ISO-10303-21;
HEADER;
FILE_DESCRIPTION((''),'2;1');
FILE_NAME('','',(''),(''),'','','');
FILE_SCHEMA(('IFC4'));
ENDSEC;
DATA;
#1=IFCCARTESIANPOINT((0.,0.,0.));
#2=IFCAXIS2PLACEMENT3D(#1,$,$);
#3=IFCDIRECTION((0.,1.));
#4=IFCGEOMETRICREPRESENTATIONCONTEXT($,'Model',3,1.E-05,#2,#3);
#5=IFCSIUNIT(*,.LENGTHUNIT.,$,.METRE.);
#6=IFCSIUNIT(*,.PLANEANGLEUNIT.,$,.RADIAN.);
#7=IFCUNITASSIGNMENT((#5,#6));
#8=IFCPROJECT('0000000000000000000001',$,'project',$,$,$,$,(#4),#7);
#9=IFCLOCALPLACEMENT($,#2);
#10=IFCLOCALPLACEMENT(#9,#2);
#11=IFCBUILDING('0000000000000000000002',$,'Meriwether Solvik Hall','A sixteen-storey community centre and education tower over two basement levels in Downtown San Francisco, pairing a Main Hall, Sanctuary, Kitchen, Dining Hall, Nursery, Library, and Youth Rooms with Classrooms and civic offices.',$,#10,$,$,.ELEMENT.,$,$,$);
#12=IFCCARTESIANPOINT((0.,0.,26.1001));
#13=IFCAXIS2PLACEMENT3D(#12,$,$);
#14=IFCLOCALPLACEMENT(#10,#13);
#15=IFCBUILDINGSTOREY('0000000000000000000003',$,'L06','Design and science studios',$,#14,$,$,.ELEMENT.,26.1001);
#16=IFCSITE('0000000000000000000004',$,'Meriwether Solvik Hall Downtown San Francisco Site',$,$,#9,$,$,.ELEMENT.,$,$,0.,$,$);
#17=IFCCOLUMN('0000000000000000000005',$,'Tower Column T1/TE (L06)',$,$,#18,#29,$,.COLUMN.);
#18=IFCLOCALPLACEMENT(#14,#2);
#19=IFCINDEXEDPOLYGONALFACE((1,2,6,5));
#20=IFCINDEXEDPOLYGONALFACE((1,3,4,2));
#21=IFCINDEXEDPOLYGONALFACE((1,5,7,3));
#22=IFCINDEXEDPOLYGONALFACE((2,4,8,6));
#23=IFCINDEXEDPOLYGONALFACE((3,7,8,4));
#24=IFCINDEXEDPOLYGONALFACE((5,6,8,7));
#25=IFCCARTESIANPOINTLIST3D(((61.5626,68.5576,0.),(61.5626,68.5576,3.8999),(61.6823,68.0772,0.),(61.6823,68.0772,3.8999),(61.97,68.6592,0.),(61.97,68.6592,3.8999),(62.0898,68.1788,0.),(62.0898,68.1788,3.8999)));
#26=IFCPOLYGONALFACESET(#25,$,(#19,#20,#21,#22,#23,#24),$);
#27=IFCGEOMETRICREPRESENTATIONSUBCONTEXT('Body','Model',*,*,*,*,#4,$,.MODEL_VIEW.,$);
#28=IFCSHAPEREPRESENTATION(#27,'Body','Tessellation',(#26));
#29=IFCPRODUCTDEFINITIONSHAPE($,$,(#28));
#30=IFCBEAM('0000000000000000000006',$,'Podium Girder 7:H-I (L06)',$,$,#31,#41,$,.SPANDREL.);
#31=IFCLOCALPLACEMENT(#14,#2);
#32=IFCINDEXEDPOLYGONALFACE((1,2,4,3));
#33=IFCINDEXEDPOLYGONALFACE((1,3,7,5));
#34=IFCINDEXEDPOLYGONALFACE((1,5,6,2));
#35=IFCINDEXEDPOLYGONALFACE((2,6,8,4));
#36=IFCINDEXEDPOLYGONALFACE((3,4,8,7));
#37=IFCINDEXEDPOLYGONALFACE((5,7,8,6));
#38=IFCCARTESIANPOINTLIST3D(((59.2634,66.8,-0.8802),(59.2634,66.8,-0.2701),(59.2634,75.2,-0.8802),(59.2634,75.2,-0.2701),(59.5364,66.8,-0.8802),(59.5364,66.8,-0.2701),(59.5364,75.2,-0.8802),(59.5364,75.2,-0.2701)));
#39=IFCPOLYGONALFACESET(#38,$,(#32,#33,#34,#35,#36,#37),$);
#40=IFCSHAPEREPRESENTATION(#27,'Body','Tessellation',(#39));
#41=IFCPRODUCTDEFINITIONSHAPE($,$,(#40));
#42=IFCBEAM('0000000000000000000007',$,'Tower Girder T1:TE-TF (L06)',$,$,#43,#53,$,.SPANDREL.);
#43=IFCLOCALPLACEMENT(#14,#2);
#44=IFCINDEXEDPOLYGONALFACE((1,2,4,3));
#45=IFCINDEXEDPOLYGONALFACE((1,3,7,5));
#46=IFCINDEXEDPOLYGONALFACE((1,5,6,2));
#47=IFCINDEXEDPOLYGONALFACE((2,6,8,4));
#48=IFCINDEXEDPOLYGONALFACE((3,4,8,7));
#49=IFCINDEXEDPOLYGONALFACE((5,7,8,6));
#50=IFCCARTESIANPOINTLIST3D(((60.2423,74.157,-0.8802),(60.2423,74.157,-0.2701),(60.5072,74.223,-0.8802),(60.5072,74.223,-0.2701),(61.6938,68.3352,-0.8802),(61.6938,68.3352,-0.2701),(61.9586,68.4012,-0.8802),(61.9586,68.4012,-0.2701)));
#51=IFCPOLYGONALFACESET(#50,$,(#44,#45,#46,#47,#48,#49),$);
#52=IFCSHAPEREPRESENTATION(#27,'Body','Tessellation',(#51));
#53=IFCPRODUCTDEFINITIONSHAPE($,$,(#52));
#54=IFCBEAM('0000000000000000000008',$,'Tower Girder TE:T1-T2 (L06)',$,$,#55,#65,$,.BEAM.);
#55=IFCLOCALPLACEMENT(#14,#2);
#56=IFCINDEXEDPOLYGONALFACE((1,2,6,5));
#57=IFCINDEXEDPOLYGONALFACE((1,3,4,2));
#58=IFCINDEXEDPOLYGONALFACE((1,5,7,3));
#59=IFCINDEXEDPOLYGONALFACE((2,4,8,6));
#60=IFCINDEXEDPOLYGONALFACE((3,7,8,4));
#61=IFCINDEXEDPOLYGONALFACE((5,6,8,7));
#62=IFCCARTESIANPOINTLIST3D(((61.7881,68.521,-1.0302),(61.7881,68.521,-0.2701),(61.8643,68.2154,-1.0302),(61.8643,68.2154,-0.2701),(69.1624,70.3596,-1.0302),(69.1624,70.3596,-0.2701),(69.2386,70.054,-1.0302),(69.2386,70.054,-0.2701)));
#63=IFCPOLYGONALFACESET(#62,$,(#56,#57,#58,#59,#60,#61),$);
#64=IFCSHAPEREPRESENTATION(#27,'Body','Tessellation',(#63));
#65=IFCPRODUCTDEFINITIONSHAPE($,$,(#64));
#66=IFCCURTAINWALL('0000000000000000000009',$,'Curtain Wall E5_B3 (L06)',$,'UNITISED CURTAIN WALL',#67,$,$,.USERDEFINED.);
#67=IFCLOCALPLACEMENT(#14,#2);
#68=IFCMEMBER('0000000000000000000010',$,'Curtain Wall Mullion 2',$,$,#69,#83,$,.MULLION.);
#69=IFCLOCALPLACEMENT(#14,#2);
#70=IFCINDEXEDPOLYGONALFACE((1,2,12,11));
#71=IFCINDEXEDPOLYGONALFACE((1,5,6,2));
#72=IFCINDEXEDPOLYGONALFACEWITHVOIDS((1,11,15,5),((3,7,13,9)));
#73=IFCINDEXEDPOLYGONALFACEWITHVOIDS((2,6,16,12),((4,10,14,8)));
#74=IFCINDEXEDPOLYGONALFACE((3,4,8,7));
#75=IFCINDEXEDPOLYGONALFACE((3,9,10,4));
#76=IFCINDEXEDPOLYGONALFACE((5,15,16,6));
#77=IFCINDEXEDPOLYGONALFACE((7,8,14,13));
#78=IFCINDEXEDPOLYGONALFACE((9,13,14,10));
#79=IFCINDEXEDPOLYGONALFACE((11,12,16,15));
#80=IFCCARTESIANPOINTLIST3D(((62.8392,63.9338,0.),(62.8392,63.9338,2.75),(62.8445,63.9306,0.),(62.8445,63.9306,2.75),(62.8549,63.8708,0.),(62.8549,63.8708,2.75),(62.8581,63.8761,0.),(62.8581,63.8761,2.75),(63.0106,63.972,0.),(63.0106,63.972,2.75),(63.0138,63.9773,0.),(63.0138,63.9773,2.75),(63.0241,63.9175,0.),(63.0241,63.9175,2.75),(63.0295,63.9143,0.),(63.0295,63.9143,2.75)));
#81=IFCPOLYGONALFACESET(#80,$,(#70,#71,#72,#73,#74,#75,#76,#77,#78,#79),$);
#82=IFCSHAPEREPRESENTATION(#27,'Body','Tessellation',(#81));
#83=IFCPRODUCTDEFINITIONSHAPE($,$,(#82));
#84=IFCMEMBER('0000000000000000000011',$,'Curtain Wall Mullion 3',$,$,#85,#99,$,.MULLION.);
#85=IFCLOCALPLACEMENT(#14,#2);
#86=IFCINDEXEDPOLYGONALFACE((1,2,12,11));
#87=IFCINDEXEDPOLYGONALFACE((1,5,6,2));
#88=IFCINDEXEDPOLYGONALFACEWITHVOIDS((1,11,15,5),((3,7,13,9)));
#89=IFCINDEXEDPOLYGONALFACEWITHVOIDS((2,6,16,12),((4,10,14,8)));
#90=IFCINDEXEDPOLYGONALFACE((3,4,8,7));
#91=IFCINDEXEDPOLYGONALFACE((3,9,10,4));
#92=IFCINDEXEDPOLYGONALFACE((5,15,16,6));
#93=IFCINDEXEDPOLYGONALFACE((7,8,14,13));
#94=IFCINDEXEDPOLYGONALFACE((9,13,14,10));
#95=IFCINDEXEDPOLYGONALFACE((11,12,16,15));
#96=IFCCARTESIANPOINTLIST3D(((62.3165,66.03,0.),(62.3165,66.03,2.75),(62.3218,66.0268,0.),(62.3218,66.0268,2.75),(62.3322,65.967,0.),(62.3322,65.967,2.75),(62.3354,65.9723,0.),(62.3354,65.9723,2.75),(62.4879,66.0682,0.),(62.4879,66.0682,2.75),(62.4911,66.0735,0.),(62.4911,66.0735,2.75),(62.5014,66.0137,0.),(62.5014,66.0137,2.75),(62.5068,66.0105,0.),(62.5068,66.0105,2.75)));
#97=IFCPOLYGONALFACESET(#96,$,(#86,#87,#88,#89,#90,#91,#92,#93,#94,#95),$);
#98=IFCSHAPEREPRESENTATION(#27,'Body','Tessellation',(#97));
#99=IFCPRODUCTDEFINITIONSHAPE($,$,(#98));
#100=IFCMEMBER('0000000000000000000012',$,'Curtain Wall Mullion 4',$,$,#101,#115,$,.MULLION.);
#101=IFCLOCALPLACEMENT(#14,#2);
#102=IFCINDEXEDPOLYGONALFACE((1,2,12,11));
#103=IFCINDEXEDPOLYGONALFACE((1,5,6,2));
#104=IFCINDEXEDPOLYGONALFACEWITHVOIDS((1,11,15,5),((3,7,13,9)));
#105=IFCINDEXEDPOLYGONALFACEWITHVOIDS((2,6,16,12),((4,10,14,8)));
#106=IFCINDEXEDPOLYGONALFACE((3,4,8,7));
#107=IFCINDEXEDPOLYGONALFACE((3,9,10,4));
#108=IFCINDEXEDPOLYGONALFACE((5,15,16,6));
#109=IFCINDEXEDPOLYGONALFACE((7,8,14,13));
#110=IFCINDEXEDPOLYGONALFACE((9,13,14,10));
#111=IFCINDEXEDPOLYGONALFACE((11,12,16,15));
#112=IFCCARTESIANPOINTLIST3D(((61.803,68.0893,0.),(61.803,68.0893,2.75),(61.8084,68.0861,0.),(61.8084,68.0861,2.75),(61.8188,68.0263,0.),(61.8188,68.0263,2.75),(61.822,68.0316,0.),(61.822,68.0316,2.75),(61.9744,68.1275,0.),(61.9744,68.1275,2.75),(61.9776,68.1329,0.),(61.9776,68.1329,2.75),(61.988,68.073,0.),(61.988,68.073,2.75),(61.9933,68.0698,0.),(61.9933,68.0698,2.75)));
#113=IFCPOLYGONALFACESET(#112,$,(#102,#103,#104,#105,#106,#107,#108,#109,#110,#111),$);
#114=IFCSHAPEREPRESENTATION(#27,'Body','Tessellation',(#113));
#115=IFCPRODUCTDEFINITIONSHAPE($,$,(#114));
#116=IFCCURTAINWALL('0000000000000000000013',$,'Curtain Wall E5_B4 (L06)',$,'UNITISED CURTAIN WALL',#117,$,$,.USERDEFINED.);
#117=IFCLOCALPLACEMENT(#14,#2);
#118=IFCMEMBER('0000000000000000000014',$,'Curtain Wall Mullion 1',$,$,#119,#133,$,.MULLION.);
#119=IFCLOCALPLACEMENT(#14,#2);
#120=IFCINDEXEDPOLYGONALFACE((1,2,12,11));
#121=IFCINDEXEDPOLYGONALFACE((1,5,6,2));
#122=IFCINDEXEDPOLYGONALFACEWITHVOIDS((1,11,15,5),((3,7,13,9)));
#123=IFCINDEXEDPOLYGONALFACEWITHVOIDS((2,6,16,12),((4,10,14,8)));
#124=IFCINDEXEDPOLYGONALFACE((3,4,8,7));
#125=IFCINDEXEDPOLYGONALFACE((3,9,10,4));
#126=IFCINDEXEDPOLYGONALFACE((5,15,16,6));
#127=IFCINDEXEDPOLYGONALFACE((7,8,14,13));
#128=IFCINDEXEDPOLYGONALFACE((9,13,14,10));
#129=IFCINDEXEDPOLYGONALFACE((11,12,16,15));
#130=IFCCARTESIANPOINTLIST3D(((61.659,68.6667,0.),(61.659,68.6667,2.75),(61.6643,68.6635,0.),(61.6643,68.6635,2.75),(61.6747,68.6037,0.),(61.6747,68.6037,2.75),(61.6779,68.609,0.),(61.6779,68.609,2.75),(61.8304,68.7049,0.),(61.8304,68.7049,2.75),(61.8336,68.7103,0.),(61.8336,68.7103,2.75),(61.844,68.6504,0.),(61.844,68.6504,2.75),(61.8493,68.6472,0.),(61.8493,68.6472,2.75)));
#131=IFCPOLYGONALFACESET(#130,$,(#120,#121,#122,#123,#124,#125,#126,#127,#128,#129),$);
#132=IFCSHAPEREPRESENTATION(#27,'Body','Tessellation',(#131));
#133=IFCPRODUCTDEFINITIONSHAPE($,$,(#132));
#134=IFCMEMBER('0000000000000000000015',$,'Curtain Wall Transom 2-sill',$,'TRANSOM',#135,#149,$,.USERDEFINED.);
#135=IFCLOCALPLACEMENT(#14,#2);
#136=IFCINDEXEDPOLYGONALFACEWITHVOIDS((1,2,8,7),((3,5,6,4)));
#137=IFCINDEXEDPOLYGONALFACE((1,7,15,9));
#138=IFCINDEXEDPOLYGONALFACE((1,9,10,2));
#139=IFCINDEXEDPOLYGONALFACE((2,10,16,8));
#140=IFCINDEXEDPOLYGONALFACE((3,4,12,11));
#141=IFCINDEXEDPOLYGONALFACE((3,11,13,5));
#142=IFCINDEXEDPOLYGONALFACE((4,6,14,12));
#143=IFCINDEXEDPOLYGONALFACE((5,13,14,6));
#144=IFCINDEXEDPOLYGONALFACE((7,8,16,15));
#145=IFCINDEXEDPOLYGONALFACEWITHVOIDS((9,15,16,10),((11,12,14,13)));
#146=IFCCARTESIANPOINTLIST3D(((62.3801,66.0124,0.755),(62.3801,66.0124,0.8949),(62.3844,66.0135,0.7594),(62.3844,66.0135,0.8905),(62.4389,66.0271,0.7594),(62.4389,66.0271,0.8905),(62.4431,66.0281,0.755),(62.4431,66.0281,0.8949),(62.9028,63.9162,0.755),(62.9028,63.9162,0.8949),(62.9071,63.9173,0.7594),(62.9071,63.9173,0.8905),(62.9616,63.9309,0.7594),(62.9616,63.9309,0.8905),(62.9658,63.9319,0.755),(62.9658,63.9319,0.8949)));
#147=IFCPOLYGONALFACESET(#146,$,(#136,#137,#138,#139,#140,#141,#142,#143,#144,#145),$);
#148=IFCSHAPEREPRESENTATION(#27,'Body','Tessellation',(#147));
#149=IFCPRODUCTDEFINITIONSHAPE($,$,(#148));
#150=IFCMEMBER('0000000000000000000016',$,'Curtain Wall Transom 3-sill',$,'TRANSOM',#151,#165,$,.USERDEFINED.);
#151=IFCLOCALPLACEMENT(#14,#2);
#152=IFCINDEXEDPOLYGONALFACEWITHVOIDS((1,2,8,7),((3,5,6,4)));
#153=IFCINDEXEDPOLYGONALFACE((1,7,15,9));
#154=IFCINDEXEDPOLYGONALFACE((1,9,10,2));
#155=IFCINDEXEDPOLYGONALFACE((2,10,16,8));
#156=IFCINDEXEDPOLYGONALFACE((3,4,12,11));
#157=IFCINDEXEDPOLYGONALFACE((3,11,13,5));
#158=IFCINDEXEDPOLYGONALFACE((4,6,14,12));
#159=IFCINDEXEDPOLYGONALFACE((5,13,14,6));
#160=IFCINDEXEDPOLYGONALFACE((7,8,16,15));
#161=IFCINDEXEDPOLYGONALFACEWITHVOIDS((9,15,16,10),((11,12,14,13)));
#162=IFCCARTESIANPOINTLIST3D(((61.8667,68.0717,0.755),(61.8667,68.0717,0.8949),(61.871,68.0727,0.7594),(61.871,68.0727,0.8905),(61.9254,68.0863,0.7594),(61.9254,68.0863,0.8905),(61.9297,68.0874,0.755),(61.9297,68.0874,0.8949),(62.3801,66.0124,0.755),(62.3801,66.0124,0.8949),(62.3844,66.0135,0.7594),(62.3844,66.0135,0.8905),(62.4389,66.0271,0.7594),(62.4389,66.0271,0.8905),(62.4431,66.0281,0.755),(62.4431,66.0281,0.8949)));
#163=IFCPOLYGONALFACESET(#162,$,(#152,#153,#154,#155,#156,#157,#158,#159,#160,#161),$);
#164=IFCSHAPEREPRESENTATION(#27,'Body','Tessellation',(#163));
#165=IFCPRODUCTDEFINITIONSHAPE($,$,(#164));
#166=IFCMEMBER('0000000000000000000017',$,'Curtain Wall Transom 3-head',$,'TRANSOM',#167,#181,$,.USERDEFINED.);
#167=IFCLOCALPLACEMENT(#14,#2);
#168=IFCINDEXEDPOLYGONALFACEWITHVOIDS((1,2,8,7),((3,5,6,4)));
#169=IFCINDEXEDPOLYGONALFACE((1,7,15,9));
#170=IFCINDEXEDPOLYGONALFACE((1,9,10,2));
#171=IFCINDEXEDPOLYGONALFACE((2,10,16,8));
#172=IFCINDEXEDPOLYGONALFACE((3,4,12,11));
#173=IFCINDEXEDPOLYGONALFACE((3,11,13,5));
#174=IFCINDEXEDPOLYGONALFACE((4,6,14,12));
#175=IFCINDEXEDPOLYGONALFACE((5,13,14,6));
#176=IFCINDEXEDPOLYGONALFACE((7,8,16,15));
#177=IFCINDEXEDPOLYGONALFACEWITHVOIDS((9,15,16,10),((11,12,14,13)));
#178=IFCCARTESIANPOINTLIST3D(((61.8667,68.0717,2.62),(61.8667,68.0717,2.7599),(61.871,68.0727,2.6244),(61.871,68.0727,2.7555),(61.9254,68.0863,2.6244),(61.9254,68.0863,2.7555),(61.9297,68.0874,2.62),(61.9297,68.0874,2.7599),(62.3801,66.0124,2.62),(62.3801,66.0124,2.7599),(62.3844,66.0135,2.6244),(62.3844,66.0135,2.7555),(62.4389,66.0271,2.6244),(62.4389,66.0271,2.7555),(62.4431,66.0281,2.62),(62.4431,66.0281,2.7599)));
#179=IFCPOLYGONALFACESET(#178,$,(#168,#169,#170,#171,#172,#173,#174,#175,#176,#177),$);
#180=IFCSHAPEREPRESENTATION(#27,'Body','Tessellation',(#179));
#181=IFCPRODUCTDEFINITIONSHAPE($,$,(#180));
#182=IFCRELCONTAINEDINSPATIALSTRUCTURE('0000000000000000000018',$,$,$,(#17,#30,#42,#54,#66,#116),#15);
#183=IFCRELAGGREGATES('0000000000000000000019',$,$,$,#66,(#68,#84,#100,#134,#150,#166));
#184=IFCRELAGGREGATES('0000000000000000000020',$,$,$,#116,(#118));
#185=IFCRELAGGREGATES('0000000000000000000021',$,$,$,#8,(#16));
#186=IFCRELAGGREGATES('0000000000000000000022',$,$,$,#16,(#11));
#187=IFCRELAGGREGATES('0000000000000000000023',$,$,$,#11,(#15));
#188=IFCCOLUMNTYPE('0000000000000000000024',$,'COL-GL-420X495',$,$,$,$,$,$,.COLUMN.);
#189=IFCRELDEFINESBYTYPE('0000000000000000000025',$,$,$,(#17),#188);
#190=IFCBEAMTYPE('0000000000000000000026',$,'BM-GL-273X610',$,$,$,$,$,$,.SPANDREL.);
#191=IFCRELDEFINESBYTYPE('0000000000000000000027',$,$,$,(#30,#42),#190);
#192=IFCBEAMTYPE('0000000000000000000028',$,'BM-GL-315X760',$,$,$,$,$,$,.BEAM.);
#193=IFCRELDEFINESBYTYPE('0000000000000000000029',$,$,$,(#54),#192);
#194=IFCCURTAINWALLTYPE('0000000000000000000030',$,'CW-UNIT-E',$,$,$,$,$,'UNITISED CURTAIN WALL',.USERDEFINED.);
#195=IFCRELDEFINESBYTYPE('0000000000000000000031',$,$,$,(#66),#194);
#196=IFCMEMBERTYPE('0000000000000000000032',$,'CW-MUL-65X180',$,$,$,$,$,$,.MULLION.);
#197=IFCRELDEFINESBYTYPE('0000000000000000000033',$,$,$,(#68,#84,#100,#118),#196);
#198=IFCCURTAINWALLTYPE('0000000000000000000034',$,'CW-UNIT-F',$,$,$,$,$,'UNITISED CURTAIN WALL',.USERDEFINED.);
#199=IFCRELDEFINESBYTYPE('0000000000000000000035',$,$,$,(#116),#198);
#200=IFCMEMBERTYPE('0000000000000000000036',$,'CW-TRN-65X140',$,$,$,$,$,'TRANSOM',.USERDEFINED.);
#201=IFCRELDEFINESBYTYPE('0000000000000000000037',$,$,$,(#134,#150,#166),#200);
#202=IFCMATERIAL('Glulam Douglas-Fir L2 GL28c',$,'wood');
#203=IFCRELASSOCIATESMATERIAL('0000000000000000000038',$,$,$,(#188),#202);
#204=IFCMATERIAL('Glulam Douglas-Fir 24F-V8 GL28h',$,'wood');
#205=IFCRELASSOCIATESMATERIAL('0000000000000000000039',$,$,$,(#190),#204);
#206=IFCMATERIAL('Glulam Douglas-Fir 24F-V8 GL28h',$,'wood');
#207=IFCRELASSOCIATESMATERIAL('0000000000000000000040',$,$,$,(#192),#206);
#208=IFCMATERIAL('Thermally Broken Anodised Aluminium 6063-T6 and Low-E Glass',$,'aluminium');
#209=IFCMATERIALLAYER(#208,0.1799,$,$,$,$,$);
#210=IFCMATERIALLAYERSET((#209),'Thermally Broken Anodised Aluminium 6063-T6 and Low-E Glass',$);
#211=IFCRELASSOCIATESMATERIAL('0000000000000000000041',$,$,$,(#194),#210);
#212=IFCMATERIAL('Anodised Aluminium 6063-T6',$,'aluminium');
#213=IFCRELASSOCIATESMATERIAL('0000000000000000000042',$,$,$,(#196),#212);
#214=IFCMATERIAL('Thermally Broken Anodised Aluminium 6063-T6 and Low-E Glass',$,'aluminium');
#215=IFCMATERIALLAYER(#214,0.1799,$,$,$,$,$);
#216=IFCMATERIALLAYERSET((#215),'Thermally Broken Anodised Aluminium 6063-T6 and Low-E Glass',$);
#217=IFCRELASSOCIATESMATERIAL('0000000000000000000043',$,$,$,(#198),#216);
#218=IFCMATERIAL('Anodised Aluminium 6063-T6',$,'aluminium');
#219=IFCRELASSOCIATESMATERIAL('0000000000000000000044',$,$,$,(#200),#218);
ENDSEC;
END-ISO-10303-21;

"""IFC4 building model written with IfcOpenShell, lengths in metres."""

from ifc_helpers import new_model, si_unit, direction, frame, origin, origin_2d, place, context, subcontext, project, spatial, rectangle, hollow_rectangle, extrude, material, layer, layer_set, material_profile, profile_set, type_object, element, aggregate, save


model = new_model("IFC4")

# Units and contexts
model_context = context("Model", 3, precision=1e-05, world=origin(), true_north=direction((0.0, 1.0)))
body_context = subcontext(model_context, "Body", "Model", "MODEL_VIEW")
ifc_project = project(units=[si_unit("LENGTHUNIT", "METRE"), si_unit("PLANEANGLEUNIT", "RADIAN")], contexts=[model_context])

# Site, building, storey
site_placement = place(None, origin())
site = spatial("IfcSite", under=ifc_project, at=site_placement, Name="Meriwether Solvik Hall Downtown San Francisco Site", CompositionType="ELEMENT", RefElevation=0.0)
building_placement = place(site_placement, origin())
building = spatial("IfcBuilding", under=site, at=building_placement, Name="Meriwether Solvik Hall", Description="A sixteen-storey community centre and education tower over two basement levels in Downtown San Francisco, pairing a Main Hall, Sanctuary, Kitchen, Dining Hall, Nursery, Library, and Youth Rooms with Classrooms and civic offices.", CompositionType="ELEMENT")
storey_placement = place(building_placement, frame((0.0, 0.0, 26.1001)))
storey = spatial("IfcBuildingStorey", under=building, at=storey_placement, Name="L06", Description="Design and science studios", CompositionType="ELEMENT", Elevation=26.1001)

# Column
ifc_material_1 = material(Name="Glulam Douglas-Fir L2 GL28c", Category="wood")
ifc_material_profile_1 = material_profile(ifc_material_1, rectangle(XDim=0.4199, YDim=0.4951, at=origin_2d()), Name="GLC-420X495")
ifc_profile_set_1 = profile_set([ifc_material_profile_1], Name="Glulam Douglas-Fir L2 GL28c")
column_type = type_object("IfcColumnType", Name="COL-GL-420X495", PredefinedType="COLUMN", material=ifc_profile_set_1)
column_placement = place(storey_placement, frame((61.8262, 68.3682, 0.0), z_axis=(0.0, 0.0, 1.0), x_axis=(0.970296, 0.241922, 0.0)))
element("IfcColumn", 1, at=column_placement, inside=storey, type_object=column_type, Name="Tower Column T1/TE (L06)", PredefinedType="COLUMN", context=body_context, shape_type="SweptSolid", body=[
    extrude(rectangle(XDim=0.4199, YDim=0.4951, at=origin_2d()), origin(), (0.0, 0.0, 1.0), 3.8999),
])

# Beams
ifc_material_2 = material(Name="Glulam Douglas-Fir 24F-V8 GL28h", Category="wood")
ifc_material_profile_2 = material_profile(ifc_material_2, rectangle(XDim=0.2729, YDim=0.6101, at=origin_2d()), Name="GLB-273X610")
ifc_profile_set_2 = profile_set([ifc_material_profile_2], Name="Glulam Douglas-Fir 24F-V8 GL28h")
beam_type_1 = type_object("IfcBeamType", Name="BM-GL-273X610", PredefinedType="SPANDREL", material=ifc_profile_set_2)
beam_1_placement = place(storey_placement, frame((59.3999, 66.8, -0.5752), z_axis=(0.0, 1.0, 0.0), x_axis=(-1.0, 0.0, 0.0)))
element("IfcBeam", 2, at=beam_1_placement, inside=storey, type_object=beam_type_1, Name="Podium Girder 7:H-I (L06)", PredefinedType="SPANDREL", context=body_context, shape_type="SweptSolid", body=[
    extrude(rectangle(XDim=0.2729, YDim=0.6101, at=origin_2d()), origin(), (0.0, 0.0, 1.0), 8.3999),
])
beam_2_placement = place(storey_placement, frame((61.8262, 68.3682, -0.5752), z_axis=(-0.241904, 0.9703, 0.0), x_axis=(-0.9703, -0.241904, 0.0)))
element("IfcBeam", 3, at=beam_2_placement, inside=storey, type_object=beam_type_1, Name="Tower Girder T1:TE-TF (L06)", PredefinedType="SPANDREL", context=body_context, shape_type="SweptSolid", body=[
    extrude(rectangle(XDim=0.2729, YDim=0.6101, at=origin_2d()), origin(), (0.0, 0.0, 1.0), 6.0),
])
ifc_material_3 = material(Name="Glulam Douglas-Fir 24F-V8 GL28h", Category="wood")
ifc_material_profile_3 = material_profile(ifc_material_3, rectangle(XDim=0.3149, YDim=0.76, at=origin_2d()), Name="GLB-315X760")
ifc_profile_set_3 = profile_set([ifc_material_profile_3], Name="Glulam Douglas-Fir 24F-V8 GL28h")
beam_type_2 = type_object("IfcBeamType", Name="BM-GL-315X760", PredefinedType="BEAM", material=ifc_profile_set_3)
beam_3_placement = place(storey_placement, frame((61.8262, 68.3682, -0.6501), z_axis=(0.970295, 0.241923, 0.0), x_axis=(-0.241923, 0.970295, 0.0)))
element("IfcBeam", 4, at=beam_3_placement, inside=storey, type_object=beam_type_2, Name="Tower Girder TE:T1-T2 (L06)", PredefinedType="BEAM", context=body_context, shape_type="SweptSolid", body=[
    extrude(rectangle(XDim=0.3149, YDim=0.76, at=origin_2d()), origin(), (0.0, 0.0, 1.0), 7.6001),
])

# Curtain wall, members
ifc_material_4 = material(Name="Thermally Broken Anodised Aluminium 6063-T6 and Low-E Glass", Category="aluminium")
ifc_layer_1 = layer(ifc_material_4, 0.1799)
ifc_layer_set_1 = layer_set([ifc_layer_1], Name="Thermally Broken Anodised Aluminium 6063-T6 and Low-E Glass")
curtain_wall_type_1 = type_object("IfcCurtainWallType", Name="CW-UNIT-E", ElementType="UNITISED CURTAIN WALL", PredefinedType="USERDEFINED", material=ifc_layer_set_1)
curtain_wall_1_placement = place(storey_placement, origin())
curtain_wall_1 = element("IfcCurtainWall", 5, at=curtain_wall_1_placement, inside=storey, type_object=curtain_wall_type_1, Name="Curtain Wall E5_B3 (L06)", ObjectType="UNITISED CURTAIN WALL", PredefinedType="USERDEFINED")
ifc_material_5 = material(Name="Anodised Aluminium 6063-T6", Category="aluminium")
ifc_material_profile_4 = material_profile(ifc_material_5, hollow_rectangle(XDim=0.0649, YDim=0.1799, WallThickness=0.0044, at=origin_2d()), Name="CWM-65X180")
ifc_profile_set_4 = profile_set([ifc_material_profile_4], Name="Anodised Aluminium 6063-T6")
member_type_1 = type_object("IfcMemberType", Name="CW-MUL-65X180", PredefinedType="MULLION", material=ifc_profile_set_4)
member_1_placement = place(storey_placement, frame((62.9343, 63.9241, 0.0), z_axis=(0.0, 0.0, 1.0), x_axis=(-0.241922, 0.970296, 0.0)))
member_1 = element("IfcMember", 6, at=member_1_placement, type_object=member_type_1, Name="Curtain Wall Mullion 2", PredefinedType="MULLION", context=body_context, shape_type="SweptSolid", body=[
    extrude(hollow_rectangle(XDim=0.0649, YDim=0.1799, WallThickness=0.0044, at=origin_2d()), origin(), (0.0, 0.0, 1.0), 2.75),
])
member_2_placement = place(storey_placement, frame((62.4116, 66.0203, 0.0), z_axis=(0.0, 0.0, 1.0), x_axis=(-0.241922, 0.970296, 0.0)))
member_2 = element("IfcMember", 7, at=member_2_placement, type_object=member_type_1, Name="Curtain Wall Mullion 3", PredefinedType="MULLION", context=body_context, shape_type="SweptSolid", body=[
    extrude(hollow_rectangle(XDim=0.0649, YDim=0.1799, WallThickness=0.0044, at=origin_2d()), origin(), (0.0, 0.0, 1.0), 2.75),
])
member_3_placement = place(storey_placement, frame((61.8982, 68.0796, 0.0), z_axis=(0.0, 0.0, 1.0), x_axis=(-0.241922, 0.970296, 0.0)))
member_3 = element("IfcMember", 8, at=member_3_placement, type_object=member_type_1, Name="Curtain Wall Mullion 4", PredefinedType="MULLION", context=body_context, shape_type="SweptSolid", body=[
    extrude(hollow_rectangle(XDim=0.0649, YDim=0.1799, WallThickness=0.0044, at=origin_2d()), origin(), (0.0, 0.0, 1.0), 2.75),
])

# Curtain wall, member
ifc_material_6 = material(Name="Thermally Broken Anodised Aluminium 6063-T6 and Low-E Glass", Category="aluminium")
ifc_layer_2 = layer(ifc_material_6, 0.1799)
ifc_layer_set_2 = layer_set([ifc_layer_2], Name="Thermally Broken Anodised Aluminium 6063-T6 and Low-E Glass")
curtain_wall_type_2 = type_object("IfcCurtainWallType", Name="CW-UNIT-F", ElementType="UNITISED CURTAIN WALL", PredefinedType="USERDEFINED", material=ifc_layer_set_2)
curtain_wall_2_placement = place(storey_placement, origin())
curtain_wall_2 = element("IfcCurtainWall", 9, at=curtain_wall_2_placement, inside=storey, type_object=curtain_wall_type_2, Name="Curtain Wall E5_B4 (L06)", ObjectType="UNITISED CURTAIN WALL", PredefinedType="USERDEFINED")
member_4_placement = place(storey_placement, frame((61.7542, 68.657, 0.0), z_axis=(0.0, 0.0, 1.0), x_axis=(-0.241922, 0.970296, 0.0)))
member_4 = element("IfcMember", 10, at=member_4_placement, type_object=member_type_1, Name="Curtain Wall Mullion 1", PredefinedType="MULLION", context=body_context, shape_type="SweptSolid", body=[
    extrude(hollow_rectangle(XDim=0.0649, YDim=0.1799, WallThickness=0.0044, at=origin_2d()), origin(), (0.0, 0.0, 1.0), 2.75),
])

# Members
ifc_material_7 = material(Name="Anodised Aluminium 6063-T6", Category="aluminium")
ifc_material_profile_5 = material_profile(ifc_material_7, hollow_rectangle(XDim=0.0649, YDim=0.1399, WallThickness=0.0044, at=origin_2d()), Name="CWT-65X140")
ifc_profile_set_5 = profile_set([ifc_material_profile_5], Name="Anodised Aluminium 6063-T6")
member_type_2 = type_object("IfcMemberType", Name="CW-TRN-65X140", ElementType="TRANSOM", PredefinedType="USERDEFINED", material=ifc_profile_set_5)
member_5_placement = place(storey_placement, frame((62.9343, 63.9241, 0.825), z_axis=(-0.241951, 0.970289, 0.0), x_axis=(-0.970289, -0.241951, 0.0)))
member_5 = element("IfcMember", 11, at=member_5_placement, type_object=member_type_2, Name="Curtain Wall Transom 2-sill", ObjectType="TRANSOM", PredefinedType="USERDEFINED", context=body_context, shape_type="SweptSolid", body=[
    extrude(hollow_rectangle(XDim=0.0649, YDim=0.1399, WallThickness=0.0044, at=origin_2d()), origin(), (0.0, 0.0, 1.0), 2.1604),
])
member_6_placement = place(storey_placement, frame((62.4116, 66.0203, 0.825), z_axis=(-0.241913, 0.970298, 0.0), x_axis=(-0.970298, -0.241913, 0.0)))
member_6 = element("IfcMember", 12, at=member_6_placement, type_object=member_type_2, Name="Curtain Wall Transom 3-sill", ObjectType="TRANSOM", PredefinedType="USERDEFINED", context=body_context, shape_type="SweptSolid", body=[
    extrude(hollow_rectangle(XDim=0.0649, YDim=0.1399, WallThickness=0.0044, at=origin_2d()), origin(), (0.0, 0.0, 1.0), 2.1223),
])
member_7_placement = place(storey_placement, frame((62.4116, 66.0203, 2.6899), z_axis=(-0.241913, 0.970298, 0.0), x_axis=(-0.970298, -0.241913, 0.0)))
member_7 = element("IfcMember", 13, at=member_7_placement, type_object=member_type_2, Name="Curtain Wall Transom 3-head", ObjectType="TRANSOM", PredefinedType="USERDEFINED", context=body_context, shape_type="SweptSolid", body=[
    extrude(hollow_rectangle(XDim=0.0649, YDim=0.1399, WallThickness=0.0044, at=origin_2d()), origin(), (0.0, 0.0, 1.0), 2.1223),
])

aggregate(curtain_wall_1, [member_1, member_2, member_3, member_5, member_6, member_7])
aggregate(curtain_wall_2, [member_4])

save(model, "model.ifc")
